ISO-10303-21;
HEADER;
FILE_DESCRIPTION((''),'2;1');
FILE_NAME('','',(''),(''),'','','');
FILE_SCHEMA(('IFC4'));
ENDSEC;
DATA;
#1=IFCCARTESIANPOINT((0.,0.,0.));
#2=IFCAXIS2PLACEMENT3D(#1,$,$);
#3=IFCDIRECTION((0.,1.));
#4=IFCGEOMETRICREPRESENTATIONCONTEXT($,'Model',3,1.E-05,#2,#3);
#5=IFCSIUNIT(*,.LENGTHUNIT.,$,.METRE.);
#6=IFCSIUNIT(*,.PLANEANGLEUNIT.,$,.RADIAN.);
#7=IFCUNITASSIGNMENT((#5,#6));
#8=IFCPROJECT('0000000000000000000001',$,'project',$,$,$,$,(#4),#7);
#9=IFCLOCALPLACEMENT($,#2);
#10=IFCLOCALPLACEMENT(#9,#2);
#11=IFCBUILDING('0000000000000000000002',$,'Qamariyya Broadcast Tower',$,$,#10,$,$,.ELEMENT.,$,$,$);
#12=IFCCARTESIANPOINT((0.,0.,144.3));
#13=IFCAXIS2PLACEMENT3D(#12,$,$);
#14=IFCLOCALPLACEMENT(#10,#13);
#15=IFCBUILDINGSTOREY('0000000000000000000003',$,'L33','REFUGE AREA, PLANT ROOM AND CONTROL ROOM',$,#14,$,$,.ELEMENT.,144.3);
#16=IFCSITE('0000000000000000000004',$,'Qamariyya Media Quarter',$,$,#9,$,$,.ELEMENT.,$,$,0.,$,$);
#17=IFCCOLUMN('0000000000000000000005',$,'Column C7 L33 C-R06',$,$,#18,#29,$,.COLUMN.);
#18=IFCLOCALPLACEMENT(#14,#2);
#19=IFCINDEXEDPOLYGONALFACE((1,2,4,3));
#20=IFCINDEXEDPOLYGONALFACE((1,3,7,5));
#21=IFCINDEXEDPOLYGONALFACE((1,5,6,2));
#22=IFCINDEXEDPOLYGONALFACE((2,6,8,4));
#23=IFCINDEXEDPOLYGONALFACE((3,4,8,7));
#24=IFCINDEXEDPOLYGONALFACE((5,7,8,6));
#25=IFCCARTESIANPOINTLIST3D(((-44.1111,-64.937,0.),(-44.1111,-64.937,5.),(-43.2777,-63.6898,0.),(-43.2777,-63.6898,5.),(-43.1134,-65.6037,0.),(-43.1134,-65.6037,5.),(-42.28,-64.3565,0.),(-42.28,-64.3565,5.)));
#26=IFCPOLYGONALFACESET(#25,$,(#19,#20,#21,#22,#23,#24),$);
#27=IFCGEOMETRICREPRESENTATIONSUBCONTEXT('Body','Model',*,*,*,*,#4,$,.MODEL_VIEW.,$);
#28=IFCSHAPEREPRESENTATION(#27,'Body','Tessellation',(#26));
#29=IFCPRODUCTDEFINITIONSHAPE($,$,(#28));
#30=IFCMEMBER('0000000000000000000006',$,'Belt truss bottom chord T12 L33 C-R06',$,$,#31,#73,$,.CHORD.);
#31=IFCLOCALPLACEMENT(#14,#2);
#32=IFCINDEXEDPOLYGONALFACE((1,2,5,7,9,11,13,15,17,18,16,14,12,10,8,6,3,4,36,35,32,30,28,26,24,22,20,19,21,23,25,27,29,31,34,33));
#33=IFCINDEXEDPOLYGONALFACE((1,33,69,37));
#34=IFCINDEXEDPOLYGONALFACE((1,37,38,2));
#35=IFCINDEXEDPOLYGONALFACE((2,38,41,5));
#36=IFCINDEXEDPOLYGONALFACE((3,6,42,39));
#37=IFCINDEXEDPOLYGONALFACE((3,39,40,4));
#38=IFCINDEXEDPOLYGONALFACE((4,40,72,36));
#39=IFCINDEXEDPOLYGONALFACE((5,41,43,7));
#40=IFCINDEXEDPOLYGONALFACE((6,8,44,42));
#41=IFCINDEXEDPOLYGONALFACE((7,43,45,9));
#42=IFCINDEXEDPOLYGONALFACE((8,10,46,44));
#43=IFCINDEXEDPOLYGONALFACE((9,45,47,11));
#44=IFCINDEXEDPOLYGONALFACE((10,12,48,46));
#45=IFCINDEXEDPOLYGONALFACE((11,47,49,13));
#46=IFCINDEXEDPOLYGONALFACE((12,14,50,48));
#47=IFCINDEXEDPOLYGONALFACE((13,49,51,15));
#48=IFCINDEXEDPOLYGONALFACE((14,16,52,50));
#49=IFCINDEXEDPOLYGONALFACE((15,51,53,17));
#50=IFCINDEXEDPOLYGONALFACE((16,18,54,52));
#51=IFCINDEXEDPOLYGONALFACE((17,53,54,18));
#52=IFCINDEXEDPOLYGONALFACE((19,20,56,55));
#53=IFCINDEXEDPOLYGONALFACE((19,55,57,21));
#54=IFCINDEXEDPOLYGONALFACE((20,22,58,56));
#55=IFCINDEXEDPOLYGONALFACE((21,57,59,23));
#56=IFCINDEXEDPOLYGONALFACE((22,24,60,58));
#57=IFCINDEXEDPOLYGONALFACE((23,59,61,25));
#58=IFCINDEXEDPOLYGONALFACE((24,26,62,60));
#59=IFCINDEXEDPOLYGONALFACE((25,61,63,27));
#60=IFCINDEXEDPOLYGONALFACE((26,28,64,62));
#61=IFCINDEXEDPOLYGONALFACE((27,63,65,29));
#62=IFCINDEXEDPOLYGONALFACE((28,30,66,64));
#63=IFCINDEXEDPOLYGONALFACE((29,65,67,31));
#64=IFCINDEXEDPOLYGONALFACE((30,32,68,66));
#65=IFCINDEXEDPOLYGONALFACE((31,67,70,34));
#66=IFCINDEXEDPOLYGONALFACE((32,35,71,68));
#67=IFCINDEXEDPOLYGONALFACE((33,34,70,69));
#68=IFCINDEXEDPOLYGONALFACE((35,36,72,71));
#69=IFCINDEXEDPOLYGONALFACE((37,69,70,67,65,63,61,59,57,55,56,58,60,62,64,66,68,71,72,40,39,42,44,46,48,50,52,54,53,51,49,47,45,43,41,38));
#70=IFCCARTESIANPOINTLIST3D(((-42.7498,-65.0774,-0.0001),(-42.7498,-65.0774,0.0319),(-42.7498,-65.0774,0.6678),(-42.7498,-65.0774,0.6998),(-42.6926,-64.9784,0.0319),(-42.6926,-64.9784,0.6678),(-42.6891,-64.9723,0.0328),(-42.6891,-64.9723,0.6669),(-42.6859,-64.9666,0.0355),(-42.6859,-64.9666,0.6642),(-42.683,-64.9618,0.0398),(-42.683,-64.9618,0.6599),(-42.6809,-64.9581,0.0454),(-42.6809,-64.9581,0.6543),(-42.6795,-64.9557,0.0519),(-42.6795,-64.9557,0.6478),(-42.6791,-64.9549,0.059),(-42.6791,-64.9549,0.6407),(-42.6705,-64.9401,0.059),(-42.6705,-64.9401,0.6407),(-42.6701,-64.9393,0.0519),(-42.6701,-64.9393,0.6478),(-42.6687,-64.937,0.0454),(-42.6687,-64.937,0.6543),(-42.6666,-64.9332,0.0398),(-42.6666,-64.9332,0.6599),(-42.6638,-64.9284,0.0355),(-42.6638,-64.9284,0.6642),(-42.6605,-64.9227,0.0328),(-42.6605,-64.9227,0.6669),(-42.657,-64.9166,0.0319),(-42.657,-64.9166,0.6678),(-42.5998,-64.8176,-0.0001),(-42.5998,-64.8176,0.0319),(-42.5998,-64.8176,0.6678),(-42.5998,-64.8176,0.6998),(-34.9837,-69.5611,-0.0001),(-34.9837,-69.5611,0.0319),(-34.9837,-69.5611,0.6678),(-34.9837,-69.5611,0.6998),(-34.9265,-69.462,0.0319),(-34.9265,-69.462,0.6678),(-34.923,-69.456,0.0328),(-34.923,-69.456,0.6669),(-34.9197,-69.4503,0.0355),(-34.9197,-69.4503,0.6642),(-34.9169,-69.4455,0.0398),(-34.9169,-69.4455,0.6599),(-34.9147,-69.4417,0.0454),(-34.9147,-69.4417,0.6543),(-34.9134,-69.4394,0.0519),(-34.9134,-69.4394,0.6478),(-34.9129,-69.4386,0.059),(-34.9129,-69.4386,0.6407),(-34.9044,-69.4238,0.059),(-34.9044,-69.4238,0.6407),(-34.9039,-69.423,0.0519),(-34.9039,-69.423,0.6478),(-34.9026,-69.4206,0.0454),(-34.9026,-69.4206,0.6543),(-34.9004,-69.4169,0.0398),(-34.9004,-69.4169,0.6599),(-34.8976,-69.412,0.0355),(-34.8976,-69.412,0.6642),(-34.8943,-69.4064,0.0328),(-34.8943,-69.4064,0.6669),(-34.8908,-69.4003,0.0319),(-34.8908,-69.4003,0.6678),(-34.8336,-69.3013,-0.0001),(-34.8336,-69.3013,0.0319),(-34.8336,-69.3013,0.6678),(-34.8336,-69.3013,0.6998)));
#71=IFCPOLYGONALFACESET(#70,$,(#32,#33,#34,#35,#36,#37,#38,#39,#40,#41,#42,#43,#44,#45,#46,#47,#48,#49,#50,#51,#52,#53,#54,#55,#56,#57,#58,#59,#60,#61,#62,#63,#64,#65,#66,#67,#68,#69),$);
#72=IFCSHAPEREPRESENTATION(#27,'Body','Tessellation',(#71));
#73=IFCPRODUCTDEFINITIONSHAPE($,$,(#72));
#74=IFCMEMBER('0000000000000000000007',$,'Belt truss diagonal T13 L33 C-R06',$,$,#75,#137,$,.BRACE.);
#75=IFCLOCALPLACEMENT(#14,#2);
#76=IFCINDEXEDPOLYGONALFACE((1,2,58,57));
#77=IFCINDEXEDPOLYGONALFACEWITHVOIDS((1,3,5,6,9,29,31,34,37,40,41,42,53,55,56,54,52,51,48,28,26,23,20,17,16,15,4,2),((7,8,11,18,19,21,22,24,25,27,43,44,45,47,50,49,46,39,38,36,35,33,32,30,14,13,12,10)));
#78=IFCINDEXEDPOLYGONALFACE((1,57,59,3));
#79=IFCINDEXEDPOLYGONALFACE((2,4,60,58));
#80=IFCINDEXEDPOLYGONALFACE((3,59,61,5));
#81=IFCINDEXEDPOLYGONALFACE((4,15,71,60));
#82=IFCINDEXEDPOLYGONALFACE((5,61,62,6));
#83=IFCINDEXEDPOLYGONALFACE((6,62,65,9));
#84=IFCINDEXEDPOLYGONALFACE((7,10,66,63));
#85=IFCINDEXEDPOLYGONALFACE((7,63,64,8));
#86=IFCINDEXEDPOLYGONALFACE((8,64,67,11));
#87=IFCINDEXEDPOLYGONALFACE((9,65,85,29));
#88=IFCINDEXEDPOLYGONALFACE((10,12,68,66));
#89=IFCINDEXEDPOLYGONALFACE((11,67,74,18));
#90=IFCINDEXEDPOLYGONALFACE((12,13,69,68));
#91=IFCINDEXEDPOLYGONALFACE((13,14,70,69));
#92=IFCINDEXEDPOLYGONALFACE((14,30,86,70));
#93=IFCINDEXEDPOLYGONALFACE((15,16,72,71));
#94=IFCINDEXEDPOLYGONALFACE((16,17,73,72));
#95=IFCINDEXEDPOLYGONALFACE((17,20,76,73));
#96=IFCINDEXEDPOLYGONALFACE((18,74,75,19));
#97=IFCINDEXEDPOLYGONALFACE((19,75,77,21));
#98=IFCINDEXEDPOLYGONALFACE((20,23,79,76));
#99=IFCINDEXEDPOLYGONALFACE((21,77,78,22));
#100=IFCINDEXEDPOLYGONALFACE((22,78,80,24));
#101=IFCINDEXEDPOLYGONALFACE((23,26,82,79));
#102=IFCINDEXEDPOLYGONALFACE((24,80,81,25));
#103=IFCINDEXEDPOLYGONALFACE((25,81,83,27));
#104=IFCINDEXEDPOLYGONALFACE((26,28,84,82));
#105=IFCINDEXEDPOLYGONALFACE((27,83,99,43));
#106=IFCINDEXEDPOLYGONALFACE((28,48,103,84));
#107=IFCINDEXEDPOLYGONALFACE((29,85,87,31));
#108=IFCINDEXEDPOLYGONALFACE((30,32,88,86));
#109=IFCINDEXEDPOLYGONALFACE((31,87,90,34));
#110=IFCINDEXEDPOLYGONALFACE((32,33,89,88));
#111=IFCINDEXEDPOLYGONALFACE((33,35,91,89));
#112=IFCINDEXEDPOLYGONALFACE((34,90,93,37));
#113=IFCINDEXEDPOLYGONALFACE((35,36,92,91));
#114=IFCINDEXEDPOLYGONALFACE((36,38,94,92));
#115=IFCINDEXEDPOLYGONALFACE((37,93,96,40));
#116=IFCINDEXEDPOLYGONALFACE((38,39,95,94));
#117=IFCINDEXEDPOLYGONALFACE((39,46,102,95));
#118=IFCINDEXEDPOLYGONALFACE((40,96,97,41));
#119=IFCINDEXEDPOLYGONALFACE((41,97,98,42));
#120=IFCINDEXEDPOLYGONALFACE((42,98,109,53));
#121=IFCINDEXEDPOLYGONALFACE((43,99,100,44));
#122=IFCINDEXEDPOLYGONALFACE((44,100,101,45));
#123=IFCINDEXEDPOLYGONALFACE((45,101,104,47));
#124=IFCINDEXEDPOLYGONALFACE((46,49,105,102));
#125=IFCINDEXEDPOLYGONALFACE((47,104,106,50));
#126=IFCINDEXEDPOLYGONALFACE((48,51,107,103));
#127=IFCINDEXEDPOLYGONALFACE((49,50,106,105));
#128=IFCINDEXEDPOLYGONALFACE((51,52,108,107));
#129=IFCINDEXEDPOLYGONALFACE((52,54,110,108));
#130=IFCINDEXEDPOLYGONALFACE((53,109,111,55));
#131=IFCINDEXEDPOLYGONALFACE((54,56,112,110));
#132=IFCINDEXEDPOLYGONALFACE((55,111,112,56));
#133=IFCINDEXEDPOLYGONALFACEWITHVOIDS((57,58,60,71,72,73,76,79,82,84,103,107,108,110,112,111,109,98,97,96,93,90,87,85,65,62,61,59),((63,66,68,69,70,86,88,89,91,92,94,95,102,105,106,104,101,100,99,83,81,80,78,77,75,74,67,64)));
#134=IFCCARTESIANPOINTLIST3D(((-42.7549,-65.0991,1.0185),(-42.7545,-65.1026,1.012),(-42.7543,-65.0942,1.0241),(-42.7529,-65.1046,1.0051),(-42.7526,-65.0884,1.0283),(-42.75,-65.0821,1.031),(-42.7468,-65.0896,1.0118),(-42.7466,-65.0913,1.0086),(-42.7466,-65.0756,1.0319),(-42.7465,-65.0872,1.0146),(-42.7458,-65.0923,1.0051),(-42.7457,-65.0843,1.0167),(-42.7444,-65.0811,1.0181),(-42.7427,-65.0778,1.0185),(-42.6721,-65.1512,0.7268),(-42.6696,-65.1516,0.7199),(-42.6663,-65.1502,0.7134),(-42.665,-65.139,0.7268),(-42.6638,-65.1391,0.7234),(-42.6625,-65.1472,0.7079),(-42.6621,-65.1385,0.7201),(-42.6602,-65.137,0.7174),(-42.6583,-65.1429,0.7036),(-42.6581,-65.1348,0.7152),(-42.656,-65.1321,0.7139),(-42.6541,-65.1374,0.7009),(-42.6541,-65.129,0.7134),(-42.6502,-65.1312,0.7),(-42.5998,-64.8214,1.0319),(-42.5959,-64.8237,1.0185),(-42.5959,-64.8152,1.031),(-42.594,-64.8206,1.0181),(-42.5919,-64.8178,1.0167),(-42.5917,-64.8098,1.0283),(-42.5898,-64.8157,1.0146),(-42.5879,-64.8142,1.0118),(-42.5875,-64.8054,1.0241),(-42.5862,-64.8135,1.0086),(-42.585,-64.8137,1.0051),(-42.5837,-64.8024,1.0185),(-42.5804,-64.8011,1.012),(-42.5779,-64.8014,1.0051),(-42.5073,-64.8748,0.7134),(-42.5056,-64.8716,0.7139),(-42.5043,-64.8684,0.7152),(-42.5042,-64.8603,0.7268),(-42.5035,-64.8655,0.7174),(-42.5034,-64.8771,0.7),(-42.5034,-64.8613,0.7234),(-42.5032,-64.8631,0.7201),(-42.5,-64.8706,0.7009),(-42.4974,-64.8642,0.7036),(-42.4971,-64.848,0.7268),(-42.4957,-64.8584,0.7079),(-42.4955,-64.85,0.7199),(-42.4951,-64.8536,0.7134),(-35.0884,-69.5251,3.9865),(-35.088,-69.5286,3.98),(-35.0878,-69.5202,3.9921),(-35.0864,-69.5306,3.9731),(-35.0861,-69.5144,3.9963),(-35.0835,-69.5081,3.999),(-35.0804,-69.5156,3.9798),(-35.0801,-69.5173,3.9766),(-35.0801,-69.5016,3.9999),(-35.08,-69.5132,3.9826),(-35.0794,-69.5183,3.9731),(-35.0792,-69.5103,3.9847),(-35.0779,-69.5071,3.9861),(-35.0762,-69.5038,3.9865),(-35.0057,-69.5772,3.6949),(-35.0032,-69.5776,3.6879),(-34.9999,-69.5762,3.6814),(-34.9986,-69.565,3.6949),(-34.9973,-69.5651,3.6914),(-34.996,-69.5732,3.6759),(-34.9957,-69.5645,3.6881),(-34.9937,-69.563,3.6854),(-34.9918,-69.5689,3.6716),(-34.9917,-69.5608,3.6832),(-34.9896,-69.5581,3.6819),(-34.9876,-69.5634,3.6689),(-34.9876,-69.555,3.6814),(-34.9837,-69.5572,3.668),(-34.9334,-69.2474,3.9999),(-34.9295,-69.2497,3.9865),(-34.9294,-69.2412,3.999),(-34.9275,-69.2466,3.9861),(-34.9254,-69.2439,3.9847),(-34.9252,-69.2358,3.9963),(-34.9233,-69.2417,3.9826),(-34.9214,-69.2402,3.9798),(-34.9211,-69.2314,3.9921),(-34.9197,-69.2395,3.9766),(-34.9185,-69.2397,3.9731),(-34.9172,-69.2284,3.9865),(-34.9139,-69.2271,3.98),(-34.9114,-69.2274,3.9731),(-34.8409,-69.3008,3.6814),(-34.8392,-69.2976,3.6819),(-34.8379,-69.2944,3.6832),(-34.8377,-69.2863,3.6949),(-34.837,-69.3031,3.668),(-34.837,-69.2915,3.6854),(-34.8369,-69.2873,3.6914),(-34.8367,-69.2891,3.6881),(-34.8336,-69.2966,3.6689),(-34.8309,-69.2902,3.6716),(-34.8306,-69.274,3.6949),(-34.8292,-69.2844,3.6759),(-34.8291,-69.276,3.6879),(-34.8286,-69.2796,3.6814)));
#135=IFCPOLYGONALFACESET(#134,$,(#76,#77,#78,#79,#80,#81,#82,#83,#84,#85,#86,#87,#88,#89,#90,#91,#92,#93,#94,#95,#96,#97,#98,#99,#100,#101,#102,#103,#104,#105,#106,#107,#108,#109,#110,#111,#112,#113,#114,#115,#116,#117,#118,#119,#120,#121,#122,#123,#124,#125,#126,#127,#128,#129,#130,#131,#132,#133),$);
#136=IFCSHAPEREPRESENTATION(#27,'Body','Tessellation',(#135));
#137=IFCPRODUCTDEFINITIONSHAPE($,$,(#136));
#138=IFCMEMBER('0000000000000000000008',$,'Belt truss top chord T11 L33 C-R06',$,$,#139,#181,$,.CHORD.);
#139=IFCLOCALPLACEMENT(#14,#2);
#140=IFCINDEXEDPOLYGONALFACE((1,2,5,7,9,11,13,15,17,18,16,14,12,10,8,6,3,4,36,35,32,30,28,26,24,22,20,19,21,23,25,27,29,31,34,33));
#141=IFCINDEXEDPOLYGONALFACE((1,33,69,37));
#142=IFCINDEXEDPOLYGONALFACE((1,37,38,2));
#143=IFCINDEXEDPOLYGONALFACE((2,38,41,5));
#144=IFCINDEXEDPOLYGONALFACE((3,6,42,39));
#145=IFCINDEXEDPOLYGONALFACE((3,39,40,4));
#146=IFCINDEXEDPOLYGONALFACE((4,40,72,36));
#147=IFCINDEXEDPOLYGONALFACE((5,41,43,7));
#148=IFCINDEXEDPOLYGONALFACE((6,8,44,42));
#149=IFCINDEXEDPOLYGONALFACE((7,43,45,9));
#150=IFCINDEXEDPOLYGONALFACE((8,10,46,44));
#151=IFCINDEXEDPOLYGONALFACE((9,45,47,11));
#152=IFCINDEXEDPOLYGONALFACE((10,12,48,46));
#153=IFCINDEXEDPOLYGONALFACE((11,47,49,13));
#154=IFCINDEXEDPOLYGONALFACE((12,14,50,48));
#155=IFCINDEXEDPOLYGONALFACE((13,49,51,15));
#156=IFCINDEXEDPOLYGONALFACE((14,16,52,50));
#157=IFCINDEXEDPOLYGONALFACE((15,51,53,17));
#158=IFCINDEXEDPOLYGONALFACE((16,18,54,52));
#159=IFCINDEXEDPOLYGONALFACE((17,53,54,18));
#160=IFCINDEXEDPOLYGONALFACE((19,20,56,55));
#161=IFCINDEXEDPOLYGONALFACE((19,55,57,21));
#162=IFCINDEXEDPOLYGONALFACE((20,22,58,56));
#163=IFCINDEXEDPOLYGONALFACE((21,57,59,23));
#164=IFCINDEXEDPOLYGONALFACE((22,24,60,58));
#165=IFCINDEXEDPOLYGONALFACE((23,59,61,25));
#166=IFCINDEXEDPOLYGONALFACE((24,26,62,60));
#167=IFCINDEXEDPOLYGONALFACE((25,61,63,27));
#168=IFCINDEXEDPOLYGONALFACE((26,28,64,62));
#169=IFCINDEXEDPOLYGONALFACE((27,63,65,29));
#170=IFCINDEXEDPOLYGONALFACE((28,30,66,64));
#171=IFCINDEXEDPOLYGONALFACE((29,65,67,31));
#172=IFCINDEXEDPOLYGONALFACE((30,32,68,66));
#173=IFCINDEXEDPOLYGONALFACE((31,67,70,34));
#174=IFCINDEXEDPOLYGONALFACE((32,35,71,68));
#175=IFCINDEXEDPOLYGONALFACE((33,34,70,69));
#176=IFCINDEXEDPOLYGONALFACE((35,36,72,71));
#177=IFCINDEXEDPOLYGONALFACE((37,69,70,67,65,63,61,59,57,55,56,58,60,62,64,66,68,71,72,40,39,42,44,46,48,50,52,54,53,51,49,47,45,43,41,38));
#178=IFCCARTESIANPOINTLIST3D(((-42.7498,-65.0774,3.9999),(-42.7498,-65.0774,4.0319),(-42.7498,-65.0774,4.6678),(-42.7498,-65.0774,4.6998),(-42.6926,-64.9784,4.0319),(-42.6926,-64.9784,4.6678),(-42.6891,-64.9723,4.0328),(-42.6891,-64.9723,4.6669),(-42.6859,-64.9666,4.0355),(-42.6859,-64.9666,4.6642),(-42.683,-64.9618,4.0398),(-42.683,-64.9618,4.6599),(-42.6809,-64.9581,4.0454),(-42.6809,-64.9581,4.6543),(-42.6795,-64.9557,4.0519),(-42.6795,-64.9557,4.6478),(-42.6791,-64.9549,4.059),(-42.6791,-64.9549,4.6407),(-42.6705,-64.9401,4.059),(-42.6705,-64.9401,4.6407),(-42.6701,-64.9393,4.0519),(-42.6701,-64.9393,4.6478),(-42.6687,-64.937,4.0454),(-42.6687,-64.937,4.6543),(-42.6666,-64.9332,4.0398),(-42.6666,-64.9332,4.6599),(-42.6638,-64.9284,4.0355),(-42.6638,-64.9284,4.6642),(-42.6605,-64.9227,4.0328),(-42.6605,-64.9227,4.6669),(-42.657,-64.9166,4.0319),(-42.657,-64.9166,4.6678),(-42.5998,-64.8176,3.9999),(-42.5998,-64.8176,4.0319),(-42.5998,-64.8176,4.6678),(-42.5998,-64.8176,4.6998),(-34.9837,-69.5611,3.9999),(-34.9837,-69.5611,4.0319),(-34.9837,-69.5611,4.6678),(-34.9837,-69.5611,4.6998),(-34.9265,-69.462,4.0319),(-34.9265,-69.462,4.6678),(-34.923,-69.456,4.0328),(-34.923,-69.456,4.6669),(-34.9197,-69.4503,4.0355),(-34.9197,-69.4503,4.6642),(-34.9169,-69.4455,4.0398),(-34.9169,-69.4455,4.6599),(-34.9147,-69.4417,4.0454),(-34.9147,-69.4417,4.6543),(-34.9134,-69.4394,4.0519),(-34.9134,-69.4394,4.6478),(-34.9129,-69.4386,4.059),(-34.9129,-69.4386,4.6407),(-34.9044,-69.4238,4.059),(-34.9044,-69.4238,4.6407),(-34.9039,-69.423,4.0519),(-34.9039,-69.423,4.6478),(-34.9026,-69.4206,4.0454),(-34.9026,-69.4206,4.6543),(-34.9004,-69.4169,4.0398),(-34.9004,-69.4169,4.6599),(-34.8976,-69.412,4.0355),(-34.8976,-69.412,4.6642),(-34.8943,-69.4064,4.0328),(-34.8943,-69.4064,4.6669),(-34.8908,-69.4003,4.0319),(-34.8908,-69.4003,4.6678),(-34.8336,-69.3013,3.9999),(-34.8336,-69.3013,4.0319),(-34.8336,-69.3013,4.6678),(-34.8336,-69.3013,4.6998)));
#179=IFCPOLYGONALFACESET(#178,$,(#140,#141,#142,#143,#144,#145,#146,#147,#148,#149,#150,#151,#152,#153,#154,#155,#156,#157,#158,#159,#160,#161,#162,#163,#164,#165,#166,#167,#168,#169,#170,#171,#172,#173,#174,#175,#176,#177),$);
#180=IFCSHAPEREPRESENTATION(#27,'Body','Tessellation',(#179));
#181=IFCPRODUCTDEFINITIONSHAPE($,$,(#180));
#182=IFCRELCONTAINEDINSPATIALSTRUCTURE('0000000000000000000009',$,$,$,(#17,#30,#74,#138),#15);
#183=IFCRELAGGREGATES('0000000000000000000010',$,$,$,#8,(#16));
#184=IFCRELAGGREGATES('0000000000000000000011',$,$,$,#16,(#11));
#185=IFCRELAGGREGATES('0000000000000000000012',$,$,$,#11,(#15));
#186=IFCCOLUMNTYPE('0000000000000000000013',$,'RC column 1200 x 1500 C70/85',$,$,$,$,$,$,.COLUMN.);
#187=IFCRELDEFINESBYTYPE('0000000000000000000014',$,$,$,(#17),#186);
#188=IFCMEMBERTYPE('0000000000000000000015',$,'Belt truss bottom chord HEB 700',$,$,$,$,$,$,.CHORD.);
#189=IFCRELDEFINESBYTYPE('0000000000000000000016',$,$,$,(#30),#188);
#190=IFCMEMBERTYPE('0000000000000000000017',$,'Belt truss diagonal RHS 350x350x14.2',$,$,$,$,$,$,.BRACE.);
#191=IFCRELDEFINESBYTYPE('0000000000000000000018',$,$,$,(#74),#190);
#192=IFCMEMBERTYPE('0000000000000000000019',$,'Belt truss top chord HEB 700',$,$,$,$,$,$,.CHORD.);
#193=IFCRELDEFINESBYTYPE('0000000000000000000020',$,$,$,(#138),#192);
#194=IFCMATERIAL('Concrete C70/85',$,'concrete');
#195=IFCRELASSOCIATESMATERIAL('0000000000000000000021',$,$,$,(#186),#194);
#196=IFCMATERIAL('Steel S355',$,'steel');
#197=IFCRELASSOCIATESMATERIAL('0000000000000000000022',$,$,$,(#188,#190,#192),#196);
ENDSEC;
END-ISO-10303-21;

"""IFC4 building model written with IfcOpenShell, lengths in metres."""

from ifc_helpers import new_model, si_unit, direction, frame, origin, origin_2d, place, context, subcontext, project, spatial, rectangle, hollow_rectangle, i_section, extrude, material, material_profile, profile_set, type_object, element, save


model = new_model("IFC4")

# Units and contexts
model_context = context("Model", 3, precision=1e-05, world=origin(), true_north=direction((0.0, 1.0)))
body_context = subcontext(model_context, "Body", "Model", "MODEL_VIEW")
ifc_project = project(units=[si_unit("LENGTHUNIT", "METRE"), si_unit("PLANEANGLEUNIT", "RADIAN")], contexts=[model_context])

# Site, building, storey
site_placement = place(None, origin())
site = spatial("IfcSite", under=ifc_project, at=site_placement, Name="Qamariyya Media Quarter", CompositionType="ELEMENT", RefElevation=0.0)
building_placement = place(site_placement, origin())
building = spatial("IfcBuilding", under=site, at=building_placement, Name="Qamariyya Broadcast Tower", CompositionType="ELEMENT")
storey_placement = place(building_placement, frame((0.0, 0.0, 144.3)))
storey = spatial("IfcBuildingStorey", under=building, at=storey_placement, Name="L33", Description="REFUGE AREA, PLANT ROOM AND CONTROL ROOM", CompositionType="ELEMENT", Elevation=144.3)

# Column
ifc_material_1 = material(Name="Concrete C70/85", Category="concrete")
ifc_material_profile_1 = material_profile(ifc_material_1, rectangle(XDim=1.2, YDim=1.5, at=origin_2d()))
ifc_profile_set_1 = profile_set([ifc_material_profile_1], Name="Concrete C70/85")
column_type = type_object("IfcColumnType", Name="RC column 1200 x 1500 C70/85", PredefinedType="COLUMN", material=ifc_profile_set_1)
column_placement = place(storey_placement, frame((-43.1956, -64.6467, 0.0), z_axis=(0.0, 0.0, 1.0), x_axis=(0.83147, -0.55557, 0.0)))
element("IfcColumn", 1, at=column_placement, inside=storey, type_object=column_type, Name="Column C7 L33 C-R06", PredefinedType="COLUMN", context=body_context, shape_type="SweptSolid", body=[
    extrude(rectangle(XDim=1.2, YDim=1.5, at=origin_2d()), origin(), (0.0, 0.0, 1.0), 5.0),
])

# Members
ifc_material_2 = material(Name="Steel S355", Category="steel")
ifc_material_profile_2 = material_profile(ifc_material_2, i_section(OverallWidth=0.3, OverallDepth=0.7, WebThickness=0.0171, FlangeThickness=0.032, FilletRadius=0.0271, at=origin_2d()))
ifc_profile_set_2 = profile_set([ifc_material_profile_2], Name="Steel S355")
member_type_1 = type_object("IfcMemberType", Name="Belt truss bottom chord HEB 700", PredefinedType="CHORD", material=ifc_profile_set_2)
member_1_placement = place(storey_placement, frame((-42.6748, -64.9475, 0.3499), z_axis=(0.866031, -0.49999, 0.0), x_axis=(0.49999, 0.866031, 0.0)))
element("IfcMember", 2, at=member_1_placement, inside=storey, type_object=member_type_1, Name="Belt truss bottom chord T12 L33 C-R06", PredefinedType="CHORD", context=body_context, shape_type="SweptSolid", body=[
    extrude(i_section(OverallWidth=0.3, OverallDepth=0.7, WebThickness=0.0171, FlangeThickness=0.032, FilletRadius=0.0271, at=origin_2d()), origin(), (0.0, 0.0, 1.0), 8.9675),
])
ifc_material_profile_3 = material_profile(ifc_material_2, hollow_rectangle(XDim=0.3501, YDim=0.3501, WallThickness=0.0142, InnerFilletRadius=0.0142, OuterFilletRadius=0.0283, at=origin_2d()))
ifc_profile_set_3 = profile_set([ifc_material_profile_3], Name="Steel S355")
member_type_2 = type_object("IfcMemberType", Name="Belt truss diagonal RHS 350x350x14.2", PredefinedType="BRACE", material=ifc_profile_set_3)
member_2_placement = place(storey_placement, frame((-42.625, -64.9763, 0.866), z_axis=(0.821114, -0.474046, 0.317887), x_axis=(0.49998, 0.866037, 0.0)))
element("IfcMember", 3, at=member_2_placement, inside=storey, type_object=member_type_2, Name="Belt truss diagonal T13 L33 C-R06", PredefinedType="BRACE", context=body_context, shape_type="SweptSolid", body=[
    extrude(hollow_rectangle(XDim=0.3501, YDim=0.3501, WallThickness=0.0142, InnerFilletRadius=0.0142, OuterFilletRadius=0.0283, at=origin_2d()), origin(), (0.0, 0.0, 1.0), 9.3367),
])
ifc_material_profile_4 = material_profile(ifc_material_2, i_section(OverallWidth=0.3, OverallDepth=0.7, WebThickness=0.0171, FlangeThickness=0.032, FilletRadius=0.0271, at=origin_2d()))
ifc_profile_set_4 = profile_set([ifc_material_profile_4], Name="Steel S355")
member_type_3 = type_object("IfcMemberType", Name="Belt truss top chord HEB 700", PredefinedType="CHORD", material=ifc_profile_set_4)
member_3_placement = place(storey_placement, frame((-42.6748, -64.9475, 4.3499), z_axis=(0.866031, -0.49999, 0.0), x_axis=(0.49999, 0.866031, 0.0)))
element("IfcMember", 4, at=member_3_placement, inside=storey, type_object=member_type_3, Name="Belt truss top chord T11 L33 C-R06", PredefinedType="CHORD", context=body_context, shape_type="SweptSolid", body=[
    extrude(i_section(OverallWidth=0.3, OverallDepth=0.7, WebThickness=0.0171, FlangeThickness=0.032, FilletRadius=0.0271, at=origin_2d()), origin(), (0.0, 0.0, 1.0), 8.9675),
])

save(model, "model.ifc")
